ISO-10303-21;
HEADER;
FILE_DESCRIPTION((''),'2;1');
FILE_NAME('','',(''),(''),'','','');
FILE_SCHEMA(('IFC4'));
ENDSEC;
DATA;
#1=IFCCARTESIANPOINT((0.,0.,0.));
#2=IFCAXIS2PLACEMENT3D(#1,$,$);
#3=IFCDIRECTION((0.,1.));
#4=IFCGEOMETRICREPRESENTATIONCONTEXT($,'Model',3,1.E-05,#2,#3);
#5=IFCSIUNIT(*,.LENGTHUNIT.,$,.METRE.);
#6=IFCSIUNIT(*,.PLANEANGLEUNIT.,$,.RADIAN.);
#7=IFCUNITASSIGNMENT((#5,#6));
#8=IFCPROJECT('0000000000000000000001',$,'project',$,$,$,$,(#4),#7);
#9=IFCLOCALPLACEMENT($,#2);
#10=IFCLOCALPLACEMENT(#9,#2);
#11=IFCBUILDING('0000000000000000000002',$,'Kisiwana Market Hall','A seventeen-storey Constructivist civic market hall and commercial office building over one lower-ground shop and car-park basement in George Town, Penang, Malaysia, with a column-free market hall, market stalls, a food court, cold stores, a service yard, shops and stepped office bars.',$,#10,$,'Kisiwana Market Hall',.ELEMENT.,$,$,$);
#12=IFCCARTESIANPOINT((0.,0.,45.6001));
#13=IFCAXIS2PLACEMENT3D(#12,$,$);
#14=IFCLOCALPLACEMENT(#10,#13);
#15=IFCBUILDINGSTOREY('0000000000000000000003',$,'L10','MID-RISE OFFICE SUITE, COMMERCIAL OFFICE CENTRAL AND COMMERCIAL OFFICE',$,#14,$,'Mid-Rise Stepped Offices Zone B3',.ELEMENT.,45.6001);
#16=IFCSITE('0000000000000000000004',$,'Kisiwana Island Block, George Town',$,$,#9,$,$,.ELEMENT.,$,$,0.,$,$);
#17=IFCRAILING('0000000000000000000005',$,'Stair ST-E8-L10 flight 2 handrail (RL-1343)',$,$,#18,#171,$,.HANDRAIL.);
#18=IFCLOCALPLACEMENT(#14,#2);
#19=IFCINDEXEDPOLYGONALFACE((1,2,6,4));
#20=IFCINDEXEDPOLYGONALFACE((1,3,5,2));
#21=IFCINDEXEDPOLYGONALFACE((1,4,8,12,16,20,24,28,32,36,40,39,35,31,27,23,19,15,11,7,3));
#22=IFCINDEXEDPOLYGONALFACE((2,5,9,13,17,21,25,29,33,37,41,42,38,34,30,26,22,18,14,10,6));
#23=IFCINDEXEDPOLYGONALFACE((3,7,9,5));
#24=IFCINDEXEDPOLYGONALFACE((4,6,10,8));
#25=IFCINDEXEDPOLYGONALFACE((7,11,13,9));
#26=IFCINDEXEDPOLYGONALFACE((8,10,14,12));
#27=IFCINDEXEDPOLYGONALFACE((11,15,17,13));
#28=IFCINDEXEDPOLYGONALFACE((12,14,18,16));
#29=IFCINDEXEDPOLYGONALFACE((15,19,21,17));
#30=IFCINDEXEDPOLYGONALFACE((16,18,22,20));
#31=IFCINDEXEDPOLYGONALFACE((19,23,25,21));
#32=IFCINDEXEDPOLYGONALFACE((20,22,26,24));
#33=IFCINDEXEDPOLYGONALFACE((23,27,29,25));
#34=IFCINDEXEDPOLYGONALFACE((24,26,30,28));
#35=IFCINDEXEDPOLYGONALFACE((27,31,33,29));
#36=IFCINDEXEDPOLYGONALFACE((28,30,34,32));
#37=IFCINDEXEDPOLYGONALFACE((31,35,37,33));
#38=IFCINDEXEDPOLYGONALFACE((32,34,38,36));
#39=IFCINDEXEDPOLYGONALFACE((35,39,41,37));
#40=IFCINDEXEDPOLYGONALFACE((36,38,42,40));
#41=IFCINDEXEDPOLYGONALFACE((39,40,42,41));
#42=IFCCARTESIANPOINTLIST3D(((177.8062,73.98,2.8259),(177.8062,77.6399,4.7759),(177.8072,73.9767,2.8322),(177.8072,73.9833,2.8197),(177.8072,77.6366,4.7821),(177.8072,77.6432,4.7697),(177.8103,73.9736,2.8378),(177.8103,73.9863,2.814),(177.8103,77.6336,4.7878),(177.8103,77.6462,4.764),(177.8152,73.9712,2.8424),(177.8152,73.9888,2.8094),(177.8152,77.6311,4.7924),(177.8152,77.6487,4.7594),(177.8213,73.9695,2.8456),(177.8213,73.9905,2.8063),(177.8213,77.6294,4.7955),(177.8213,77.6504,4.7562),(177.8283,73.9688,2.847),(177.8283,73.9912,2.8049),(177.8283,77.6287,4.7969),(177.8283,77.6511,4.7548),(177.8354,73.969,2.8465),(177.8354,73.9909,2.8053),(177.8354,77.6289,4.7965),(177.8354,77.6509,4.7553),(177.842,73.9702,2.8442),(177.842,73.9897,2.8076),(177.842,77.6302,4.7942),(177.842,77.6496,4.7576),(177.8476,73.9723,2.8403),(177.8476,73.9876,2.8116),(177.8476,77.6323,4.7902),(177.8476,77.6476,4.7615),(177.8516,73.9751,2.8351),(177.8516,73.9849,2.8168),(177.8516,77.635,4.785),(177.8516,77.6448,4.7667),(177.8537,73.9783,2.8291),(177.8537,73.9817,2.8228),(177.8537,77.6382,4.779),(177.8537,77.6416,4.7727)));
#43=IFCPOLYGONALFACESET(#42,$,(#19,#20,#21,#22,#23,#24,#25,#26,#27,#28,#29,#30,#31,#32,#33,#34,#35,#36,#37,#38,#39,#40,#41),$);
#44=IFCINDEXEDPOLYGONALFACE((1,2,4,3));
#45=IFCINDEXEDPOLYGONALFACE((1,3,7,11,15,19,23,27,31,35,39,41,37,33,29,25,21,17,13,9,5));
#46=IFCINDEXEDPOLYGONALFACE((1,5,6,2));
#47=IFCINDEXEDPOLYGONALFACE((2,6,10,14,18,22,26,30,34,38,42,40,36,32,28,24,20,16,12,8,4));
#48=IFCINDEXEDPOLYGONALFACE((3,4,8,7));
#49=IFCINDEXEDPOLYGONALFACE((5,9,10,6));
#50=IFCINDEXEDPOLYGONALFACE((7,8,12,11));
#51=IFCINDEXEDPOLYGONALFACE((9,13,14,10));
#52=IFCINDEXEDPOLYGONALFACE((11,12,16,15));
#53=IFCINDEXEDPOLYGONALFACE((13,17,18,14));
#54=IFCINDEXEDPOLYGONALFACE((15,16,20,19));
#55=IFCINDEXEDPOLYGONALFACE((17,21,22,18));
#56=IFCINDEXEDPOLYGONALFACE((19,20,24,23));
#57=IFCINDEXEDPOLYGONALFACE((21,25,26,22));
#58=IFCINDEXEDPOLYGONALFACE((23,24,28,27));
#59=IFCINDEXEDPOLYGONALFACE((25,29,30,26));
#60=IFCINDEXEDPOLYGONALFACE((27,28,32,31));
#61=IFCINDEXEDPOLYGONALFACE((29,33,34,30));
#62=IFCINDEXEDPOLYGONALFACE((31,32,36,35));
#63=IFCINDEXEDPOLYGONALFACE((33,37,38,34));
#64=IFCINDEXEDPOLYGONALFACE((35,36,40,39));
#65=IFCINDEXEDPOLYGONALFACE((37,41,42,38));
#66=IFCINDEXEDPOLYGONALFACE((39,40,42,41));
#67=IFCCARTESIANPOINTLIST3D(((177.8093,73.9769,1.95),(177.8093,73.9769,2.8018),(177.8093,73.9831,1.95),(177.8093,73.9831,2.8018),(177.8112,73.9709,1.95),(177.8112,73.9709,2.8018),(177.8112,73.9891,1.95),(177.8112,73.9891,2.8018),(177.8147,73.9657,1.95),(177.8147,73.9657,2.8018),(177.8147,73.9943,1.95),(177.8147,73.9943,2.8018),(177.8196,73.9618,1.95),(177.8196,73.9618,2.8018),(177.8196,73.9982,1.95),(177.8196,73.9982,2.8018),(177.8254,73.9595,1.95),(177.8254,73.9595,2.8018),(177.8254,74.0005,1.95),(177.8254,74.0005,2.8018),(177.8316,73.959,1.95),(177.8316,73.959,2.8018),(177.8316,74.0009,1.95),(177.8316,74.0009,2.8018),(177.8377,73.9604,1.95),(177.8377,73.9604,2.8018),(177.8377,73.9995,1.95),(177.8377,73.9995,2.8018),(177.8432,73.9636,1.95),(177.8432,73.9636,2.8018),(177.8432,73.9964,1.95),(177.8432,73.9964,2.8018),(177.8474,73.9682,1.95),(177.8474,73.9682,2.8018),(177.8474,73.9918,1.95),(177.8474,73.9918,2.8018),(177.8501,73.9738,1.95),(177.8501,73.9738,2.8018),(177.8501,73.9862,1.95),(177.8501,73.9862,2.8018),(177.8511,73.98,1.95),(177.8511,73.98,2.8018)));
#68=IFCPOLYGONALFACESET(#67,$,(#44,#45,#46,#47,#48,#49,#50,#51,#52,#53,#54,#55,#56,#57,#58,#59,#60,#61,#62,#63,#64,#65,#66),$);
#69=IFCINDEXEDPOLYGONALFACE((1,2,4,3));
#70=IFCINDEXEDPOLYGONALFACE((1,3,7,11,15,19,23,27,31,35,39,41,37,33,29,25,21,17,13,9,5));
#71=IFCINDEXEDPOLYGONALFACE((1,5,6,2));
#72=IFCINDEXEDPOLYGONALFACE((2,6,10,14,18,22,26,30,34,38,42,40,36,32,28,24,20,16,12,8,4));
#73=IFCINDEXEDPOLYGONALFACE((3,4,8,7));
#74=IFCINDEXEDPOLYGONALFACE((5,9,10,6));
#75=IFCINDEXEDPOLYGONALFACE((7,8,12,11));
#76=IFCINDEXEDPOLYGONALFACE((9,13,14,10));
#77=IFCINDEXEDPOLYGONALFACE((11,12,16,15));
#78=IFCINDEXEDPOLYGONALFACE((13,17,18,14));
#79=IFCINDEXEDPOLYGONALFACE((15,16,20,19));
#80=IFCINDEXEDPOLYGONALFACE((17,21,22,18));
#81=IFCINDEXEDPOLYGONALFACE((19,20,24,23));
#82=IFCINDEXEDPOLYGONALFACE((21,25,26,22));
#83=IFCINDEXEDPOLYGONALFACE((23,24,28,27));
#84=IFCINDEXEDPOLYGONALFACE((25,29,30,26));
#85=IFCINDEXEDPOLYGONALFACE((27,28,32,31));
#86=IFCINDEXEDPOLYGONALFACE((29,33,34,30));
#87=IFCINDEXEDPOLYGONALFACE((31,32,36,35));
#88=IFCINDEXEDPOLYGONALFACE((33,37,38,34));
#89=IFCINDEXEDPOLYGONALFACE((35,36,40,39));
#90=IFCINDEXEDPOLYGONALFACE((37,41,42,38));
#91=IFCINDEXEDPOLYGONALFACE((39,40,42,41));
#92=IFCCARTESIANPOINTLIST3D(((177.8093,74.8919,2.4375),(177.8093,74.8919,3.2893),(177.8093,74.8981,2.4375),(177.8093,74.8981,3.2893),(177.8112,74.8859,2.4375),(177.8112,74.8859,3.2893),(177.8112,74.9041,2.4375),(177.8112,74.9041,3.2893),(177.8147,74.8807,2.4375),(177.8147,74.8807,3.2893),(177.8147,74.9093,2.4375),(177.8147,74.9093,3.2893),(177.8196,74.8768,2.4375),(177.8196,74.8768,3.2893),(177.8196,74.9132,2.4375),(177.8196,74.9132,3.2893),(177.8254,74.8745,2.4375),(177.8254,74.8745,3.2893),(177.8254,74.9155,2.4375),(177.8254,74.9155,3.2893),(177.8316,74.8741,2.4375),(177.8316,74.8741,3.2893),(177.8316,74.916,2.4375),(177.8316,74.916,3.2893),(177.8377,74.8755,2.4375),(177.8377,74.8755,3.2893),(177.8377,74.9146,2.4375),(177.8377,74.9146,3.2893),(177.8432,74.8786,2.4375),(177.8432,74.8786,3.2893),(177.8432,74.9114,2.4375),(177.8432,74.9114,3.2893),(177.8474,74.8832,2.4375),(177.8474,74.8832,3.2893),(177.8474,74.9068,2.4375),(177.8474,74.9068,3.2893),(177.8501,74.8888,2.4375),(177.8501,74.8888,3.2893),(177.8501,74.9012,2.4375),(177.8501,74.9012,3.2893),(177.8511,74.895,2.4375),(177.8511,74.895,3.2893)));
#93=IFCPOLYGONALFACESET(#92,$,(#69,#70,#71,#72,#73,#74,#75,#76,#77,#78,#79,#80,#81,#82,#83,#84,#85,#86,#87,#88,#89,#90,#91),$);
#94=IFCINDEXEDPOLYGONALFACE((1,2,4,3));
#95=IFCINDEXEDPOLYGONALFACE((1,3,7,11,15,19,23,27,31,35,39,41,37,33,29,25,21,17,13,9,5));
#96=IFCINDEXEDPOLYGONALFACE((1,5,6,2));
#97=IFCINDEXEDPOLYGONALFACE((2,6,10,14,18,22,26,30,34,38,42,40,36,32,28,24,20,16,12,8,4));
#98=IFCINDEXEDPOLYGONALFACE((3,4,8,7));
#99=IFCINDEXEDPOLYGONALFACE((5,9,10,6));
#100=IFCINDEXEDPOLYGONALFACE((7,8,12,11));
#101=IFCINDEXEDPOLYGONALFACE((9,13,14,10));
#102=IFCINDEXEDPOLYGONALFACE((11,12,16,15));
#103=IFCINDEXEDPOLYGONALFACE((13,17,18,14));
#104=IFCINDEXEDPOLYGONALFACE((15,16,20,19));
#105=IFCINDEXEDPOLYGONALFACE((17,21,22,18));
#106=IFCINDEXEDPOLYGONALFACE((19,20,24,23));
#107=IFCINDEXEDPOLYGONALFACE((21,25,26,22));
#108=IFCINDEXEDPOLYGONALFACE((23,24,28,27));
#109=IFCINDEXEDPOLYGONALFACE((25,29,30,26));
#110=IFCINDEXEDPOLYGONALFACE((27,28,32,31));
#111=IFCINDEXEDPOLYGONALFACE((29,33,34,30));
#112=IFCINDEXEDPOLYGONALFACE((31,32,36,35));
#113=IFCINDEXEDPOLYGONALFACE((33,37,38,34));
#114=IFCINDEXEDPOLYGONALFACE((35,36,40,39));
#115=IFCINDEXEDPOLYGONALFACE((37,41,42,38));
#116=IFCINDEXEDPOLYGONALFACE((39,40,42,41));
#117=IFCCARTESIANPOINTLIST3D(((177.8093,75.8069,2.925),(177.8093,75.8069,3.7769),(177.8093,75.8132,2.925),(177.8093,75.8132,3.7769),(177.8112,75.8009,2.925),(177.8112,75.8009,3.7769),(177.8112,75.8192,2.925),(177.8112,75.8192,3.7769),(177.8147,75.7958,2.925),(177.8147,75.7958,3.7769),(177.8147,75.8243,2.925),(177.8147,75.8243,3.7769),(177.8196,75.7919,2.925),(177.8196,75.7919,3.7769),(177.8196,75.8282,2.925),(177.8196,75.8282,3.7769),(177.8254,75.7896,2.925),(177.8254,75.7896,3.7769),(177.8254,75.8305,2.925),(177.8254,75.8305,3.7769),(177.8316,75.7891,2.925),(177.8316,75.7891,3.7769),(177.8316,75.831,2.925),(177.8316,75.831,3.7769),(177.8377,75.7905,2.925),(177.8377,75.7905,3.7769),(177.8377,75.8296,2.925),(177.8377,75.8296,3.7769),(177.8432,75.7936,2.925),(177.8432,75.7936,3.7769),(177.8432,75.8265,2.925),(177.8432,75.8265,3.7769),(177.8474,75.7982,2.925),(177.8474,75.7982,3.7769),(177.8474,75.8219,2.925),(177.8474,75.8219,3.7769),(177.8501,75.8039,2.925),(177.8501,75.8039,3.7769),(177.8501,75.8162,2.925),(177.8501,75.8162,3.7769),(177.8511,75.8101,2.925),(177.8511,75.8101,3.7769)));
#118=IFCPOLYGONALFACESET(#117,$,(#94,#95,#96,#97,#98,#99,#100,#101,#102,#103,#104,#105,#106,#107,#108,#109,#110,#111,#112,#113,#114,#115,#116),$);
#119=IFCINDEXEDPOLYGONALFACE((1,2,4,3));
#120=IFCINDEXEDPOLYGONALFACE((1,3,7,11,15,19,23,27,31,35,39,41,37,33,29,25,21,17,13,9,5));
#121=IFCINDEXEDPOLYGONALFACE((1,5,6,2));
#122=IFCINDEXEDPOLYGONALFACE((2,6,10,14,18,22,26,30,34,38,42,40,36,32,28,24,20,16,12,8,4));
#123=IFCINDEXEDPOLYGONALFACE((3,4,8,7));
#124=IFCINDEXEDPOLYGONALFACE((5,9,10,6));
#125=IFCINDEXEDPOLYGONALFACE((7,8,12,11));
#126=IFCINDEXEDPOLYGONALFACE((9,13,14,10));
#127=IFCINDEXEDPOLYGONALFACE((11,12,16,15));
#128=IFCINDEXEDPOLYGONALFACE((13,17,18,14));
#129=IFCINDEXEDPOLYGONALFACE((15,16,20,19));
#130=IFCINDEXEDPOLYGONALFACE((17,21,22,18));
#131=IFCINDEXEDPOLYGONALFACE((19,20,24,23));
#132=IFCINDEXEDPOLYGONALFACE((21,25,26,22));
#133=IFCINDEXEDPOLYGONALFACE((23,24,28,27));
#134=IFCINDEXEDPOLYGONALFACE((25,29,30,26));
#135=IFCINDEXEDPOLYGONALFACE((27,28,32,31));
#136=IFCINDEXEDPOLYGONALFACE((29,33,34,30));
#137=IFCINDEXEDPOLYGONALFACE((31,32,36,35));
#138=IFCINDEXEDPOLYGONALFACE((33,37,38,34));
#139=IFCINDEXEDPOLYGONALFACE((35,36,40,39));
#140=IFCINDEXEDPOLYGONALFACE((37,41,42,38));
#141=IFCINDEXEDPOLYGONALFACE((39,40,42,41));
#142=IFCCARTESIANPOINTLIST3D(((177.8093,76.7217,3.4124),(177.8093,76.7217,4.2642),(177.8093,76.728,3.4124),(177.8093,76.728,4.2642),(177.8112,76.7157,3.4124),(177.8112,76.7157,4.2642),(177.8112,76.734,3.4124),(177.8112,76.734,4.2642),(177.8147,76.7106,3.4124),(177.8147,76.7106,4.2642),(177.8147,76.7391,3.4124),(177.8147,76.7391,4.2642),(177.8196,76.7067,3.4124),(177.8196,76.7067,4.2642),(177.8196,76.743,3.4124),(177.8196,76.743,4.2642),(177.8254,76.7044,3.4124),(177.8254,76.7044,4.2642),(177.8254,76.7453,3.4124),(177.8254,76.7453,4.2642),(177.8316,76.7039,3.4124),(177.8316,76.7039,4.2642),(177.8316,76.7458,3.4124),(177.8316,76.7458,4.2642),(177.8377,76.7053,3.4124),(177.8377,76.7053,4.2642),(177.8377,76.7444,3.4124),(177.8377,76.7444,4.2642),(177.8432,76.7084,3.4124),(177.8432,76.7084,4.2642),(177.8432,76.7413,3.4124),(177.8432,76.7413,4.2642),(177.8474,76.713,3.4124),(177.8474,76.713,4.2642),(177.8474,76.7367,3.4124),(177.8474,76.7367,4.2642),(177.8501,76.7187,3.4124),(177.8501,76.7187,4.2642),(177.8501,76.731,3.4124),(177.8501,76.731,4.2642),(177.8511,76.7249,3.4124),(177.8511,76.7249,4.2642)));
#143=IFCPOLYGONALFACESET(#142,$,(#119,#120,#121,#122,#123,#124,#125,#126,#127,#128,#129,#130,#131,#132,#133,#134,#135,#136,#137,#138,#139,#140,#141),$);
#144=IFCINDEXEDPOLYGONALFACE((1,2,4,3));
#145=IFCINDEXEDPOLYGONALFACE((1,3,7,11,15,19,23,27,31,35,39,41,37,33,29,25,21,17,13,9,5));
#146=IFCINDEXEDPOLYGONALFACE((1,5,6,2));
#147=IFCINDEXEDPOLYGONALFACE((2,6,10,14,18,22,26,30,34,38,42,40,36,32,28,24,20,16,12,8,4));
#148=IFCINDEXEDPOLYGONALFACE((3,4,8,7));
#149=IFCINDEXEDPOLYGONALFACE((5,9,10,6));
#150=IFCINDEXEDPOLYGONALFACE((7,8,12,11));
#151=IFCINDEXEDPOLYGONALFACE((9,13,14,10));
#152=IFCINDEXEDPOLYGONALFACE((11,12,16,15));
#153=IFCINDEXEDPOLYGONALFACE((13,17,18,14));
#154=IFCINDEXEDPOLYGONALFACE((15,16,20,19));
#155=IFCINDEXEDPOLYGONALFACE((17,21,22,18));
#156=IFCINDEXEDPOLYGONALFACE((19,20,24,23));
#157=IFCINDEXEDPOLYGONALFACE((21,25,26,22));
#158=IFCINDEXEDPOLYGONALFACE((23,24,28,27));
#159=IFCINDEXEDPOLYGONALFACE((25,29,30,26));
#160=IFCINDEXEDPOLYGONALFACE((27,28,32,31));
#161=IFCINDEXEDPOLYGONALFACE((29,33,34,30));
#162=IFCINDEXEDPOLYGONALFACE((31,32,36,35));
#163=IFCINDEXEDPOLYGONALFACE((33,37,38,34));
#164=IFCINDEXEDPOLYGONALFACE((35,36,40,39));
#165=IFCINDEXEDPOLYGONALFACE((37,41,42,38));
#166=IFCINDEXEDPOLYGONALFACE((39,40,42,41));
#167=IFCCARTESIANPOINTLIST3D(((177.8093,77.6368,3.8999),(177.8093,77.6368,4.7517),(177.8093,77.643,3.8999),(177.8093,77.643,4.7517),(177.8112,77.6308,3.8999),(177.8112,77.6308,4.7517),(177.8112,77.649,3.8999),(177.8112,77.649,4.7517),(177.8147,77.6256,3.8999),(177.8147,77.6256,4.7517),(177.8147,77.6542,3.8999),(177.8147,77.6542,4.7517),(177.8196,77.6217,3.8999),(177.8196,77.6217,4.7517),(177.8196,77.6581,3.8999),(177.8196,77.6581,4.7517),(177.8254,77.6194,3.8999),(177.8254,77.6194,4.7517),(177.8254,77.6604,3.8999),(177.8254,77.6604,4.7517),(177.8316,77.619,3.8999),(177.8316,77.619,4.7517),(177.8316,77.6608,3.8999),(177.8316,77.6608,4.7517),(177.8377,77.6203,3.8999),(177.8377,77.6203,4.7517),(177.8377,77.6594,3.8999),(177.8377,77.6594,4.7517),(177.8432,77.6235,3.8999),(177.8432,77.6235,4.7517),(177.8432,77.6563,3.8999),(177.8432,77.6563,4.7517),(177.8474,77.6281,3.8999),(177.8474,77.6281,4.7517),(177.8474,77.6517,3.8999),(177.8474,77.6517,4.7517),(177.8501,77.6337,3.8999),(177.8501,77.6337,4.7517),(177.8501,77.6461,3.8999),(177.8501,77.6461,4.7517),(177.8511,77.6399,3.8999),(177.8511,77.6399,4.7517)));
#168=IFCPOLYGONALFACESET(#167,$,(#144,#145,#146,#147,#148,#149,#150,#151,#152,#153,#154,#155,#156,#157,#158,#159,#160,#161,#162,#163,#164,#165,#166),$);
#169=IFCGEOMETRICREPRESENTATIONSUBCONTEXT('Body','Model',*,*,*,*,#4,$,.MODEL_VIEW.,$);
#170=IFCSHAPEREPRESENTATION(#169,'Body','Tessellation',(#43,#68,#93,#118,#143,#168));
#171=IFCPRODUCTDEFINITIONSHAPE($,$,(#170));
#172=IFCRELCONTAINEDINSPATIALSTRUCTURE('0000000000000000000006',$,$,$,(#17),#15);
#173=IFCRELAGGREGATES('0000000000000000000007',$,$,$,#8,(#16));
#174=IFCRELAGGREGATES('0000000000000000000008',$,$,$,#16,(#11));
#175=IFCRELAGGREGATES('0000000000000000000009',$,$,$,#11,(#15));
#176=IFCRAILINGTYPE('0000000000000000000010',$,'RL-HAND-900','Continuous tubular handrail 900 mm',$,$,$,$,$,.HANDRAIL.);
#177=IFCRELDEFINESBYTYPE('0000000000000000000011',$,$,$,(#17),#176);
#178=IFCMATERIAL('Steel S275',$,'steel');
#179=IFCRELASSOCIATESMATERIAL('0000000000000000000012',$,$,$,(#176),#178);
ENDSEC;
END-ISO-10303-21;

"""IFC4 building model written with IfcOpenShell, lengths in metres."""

from ifc_helpers import new_model, si_unit, direction, frame, origin, origin_2d, place, context, subcontext, project, spatial, circle, extrude, material, type_object, element, save


model = new_model("IFC4")

# Units and contexts
model_context = context("Model", 3, precision=1e-05, world=origin(), true_north=direction((0.0, 1.0)))
body_context = subcontext(model_context, "Body", "Model", "MODEL_VIEW")
ifc_project = project(units=[si_unit("LENGTHUNIT", "METRE"), si_unit("PLANEANGLEUNIT", "RADIAN")], contexts=[model_context])

# Site, building, storey
site_placement = place(None, origin())
site = spatial("IfcSite", under=ifc_project, at=site_placement, Name="Kisiwana Island Block, George Town", CompositionType="ELEMENT", RefElevation=0.0)
building_placement = place(site_placement, origin())
building = spatial("IfcBuilding", under=site, at=building_placement, Name="Kisiwana Market Hall", Description="A seventeen-storey Constructivist civic market hall and commercial office building over one lower-ground shop and car-park basement in George Town, Penang, Malaysia, with a column-free market hall, market stalls, a food court, cold stores, a service yard, shops and stepped office bars.", LongName="Kisiwana Market Hall", CompositionType="ELEMENT")
storey_placement = place(building_placement, frame((0.0, 0.0, 45.6001)))
storey = spatial("IfcBuildingStorey", under=building, at=storey_placement, Name="L10", Description="MID-RISE OFFICE SUITE, COMMERCIAL OFFICE CENTRAL AND COMMERCIAL OFFICE", LongName="Mid-Rise Stepped Offices Zone B3", CompositionType="ELEMENT", Elevation=45.6001)

# Railing
ifc_material_1 = material(Name="Steel S275", Category="steel")
railing_type_1 = type_object("IfcRailingType", Name="RL-HAND-900", Description="Continuous tubular handrail 900 mm", PredefinedType="HANDRAIL", material=ifc_material_1)
for number, where, name in (
    (1, (177.8301, 73.98, 1.95), "Stair ST-E8-L10 flight 2 handrail (RL-1343)"),
):
    element("IfcRailing", number, at=place(storey_placement, frame(where)), inside=storey, type_object=railing_type_1, Name=name, PredefinedType="HANDRAIL", context=body_context, shape_type="SweptSolid", body=[
        extrude(circle(Radius=0.0239, at=origin_2d()), frame((0.0, 0.0, 0.876), z_axis=(0.0, 0.882553, 0.470212), x_axis=(-1.0, 0.0, 0.0)), (0.0, 0.0, 1.0), 4.147),
        extrude(circle(Radius=0.021, at=origin_2d()), origin(), (0.0, 0.0, 1.0), 0.8518),
        extrude(circle(Radius=0.021, at=origin_2d()), frame((0.0, 0.915, 0.4875)), (0.0, 0.0, 1.0), 0.8518),
        extrude(circle(Radius=0.021, at=origin_2d()), frame((0.0, 1.8301, 0.9751)), (0.0, 0.0, 1.0), 0.8518),
        extrude(circle(Radius=0.021, at=origin_2d()), frame((0.0, 2.7449, 1.4624)), (0.0, 0.0, 1.0), 0.8518),
        extrude(circle(Radius=0.021, at=origin_2d()), frame((0.0, 3.6599, 1.95)), (0.0, 0.0, 1.0), 0.8518),
    ])

save(model, "model.ifc")
